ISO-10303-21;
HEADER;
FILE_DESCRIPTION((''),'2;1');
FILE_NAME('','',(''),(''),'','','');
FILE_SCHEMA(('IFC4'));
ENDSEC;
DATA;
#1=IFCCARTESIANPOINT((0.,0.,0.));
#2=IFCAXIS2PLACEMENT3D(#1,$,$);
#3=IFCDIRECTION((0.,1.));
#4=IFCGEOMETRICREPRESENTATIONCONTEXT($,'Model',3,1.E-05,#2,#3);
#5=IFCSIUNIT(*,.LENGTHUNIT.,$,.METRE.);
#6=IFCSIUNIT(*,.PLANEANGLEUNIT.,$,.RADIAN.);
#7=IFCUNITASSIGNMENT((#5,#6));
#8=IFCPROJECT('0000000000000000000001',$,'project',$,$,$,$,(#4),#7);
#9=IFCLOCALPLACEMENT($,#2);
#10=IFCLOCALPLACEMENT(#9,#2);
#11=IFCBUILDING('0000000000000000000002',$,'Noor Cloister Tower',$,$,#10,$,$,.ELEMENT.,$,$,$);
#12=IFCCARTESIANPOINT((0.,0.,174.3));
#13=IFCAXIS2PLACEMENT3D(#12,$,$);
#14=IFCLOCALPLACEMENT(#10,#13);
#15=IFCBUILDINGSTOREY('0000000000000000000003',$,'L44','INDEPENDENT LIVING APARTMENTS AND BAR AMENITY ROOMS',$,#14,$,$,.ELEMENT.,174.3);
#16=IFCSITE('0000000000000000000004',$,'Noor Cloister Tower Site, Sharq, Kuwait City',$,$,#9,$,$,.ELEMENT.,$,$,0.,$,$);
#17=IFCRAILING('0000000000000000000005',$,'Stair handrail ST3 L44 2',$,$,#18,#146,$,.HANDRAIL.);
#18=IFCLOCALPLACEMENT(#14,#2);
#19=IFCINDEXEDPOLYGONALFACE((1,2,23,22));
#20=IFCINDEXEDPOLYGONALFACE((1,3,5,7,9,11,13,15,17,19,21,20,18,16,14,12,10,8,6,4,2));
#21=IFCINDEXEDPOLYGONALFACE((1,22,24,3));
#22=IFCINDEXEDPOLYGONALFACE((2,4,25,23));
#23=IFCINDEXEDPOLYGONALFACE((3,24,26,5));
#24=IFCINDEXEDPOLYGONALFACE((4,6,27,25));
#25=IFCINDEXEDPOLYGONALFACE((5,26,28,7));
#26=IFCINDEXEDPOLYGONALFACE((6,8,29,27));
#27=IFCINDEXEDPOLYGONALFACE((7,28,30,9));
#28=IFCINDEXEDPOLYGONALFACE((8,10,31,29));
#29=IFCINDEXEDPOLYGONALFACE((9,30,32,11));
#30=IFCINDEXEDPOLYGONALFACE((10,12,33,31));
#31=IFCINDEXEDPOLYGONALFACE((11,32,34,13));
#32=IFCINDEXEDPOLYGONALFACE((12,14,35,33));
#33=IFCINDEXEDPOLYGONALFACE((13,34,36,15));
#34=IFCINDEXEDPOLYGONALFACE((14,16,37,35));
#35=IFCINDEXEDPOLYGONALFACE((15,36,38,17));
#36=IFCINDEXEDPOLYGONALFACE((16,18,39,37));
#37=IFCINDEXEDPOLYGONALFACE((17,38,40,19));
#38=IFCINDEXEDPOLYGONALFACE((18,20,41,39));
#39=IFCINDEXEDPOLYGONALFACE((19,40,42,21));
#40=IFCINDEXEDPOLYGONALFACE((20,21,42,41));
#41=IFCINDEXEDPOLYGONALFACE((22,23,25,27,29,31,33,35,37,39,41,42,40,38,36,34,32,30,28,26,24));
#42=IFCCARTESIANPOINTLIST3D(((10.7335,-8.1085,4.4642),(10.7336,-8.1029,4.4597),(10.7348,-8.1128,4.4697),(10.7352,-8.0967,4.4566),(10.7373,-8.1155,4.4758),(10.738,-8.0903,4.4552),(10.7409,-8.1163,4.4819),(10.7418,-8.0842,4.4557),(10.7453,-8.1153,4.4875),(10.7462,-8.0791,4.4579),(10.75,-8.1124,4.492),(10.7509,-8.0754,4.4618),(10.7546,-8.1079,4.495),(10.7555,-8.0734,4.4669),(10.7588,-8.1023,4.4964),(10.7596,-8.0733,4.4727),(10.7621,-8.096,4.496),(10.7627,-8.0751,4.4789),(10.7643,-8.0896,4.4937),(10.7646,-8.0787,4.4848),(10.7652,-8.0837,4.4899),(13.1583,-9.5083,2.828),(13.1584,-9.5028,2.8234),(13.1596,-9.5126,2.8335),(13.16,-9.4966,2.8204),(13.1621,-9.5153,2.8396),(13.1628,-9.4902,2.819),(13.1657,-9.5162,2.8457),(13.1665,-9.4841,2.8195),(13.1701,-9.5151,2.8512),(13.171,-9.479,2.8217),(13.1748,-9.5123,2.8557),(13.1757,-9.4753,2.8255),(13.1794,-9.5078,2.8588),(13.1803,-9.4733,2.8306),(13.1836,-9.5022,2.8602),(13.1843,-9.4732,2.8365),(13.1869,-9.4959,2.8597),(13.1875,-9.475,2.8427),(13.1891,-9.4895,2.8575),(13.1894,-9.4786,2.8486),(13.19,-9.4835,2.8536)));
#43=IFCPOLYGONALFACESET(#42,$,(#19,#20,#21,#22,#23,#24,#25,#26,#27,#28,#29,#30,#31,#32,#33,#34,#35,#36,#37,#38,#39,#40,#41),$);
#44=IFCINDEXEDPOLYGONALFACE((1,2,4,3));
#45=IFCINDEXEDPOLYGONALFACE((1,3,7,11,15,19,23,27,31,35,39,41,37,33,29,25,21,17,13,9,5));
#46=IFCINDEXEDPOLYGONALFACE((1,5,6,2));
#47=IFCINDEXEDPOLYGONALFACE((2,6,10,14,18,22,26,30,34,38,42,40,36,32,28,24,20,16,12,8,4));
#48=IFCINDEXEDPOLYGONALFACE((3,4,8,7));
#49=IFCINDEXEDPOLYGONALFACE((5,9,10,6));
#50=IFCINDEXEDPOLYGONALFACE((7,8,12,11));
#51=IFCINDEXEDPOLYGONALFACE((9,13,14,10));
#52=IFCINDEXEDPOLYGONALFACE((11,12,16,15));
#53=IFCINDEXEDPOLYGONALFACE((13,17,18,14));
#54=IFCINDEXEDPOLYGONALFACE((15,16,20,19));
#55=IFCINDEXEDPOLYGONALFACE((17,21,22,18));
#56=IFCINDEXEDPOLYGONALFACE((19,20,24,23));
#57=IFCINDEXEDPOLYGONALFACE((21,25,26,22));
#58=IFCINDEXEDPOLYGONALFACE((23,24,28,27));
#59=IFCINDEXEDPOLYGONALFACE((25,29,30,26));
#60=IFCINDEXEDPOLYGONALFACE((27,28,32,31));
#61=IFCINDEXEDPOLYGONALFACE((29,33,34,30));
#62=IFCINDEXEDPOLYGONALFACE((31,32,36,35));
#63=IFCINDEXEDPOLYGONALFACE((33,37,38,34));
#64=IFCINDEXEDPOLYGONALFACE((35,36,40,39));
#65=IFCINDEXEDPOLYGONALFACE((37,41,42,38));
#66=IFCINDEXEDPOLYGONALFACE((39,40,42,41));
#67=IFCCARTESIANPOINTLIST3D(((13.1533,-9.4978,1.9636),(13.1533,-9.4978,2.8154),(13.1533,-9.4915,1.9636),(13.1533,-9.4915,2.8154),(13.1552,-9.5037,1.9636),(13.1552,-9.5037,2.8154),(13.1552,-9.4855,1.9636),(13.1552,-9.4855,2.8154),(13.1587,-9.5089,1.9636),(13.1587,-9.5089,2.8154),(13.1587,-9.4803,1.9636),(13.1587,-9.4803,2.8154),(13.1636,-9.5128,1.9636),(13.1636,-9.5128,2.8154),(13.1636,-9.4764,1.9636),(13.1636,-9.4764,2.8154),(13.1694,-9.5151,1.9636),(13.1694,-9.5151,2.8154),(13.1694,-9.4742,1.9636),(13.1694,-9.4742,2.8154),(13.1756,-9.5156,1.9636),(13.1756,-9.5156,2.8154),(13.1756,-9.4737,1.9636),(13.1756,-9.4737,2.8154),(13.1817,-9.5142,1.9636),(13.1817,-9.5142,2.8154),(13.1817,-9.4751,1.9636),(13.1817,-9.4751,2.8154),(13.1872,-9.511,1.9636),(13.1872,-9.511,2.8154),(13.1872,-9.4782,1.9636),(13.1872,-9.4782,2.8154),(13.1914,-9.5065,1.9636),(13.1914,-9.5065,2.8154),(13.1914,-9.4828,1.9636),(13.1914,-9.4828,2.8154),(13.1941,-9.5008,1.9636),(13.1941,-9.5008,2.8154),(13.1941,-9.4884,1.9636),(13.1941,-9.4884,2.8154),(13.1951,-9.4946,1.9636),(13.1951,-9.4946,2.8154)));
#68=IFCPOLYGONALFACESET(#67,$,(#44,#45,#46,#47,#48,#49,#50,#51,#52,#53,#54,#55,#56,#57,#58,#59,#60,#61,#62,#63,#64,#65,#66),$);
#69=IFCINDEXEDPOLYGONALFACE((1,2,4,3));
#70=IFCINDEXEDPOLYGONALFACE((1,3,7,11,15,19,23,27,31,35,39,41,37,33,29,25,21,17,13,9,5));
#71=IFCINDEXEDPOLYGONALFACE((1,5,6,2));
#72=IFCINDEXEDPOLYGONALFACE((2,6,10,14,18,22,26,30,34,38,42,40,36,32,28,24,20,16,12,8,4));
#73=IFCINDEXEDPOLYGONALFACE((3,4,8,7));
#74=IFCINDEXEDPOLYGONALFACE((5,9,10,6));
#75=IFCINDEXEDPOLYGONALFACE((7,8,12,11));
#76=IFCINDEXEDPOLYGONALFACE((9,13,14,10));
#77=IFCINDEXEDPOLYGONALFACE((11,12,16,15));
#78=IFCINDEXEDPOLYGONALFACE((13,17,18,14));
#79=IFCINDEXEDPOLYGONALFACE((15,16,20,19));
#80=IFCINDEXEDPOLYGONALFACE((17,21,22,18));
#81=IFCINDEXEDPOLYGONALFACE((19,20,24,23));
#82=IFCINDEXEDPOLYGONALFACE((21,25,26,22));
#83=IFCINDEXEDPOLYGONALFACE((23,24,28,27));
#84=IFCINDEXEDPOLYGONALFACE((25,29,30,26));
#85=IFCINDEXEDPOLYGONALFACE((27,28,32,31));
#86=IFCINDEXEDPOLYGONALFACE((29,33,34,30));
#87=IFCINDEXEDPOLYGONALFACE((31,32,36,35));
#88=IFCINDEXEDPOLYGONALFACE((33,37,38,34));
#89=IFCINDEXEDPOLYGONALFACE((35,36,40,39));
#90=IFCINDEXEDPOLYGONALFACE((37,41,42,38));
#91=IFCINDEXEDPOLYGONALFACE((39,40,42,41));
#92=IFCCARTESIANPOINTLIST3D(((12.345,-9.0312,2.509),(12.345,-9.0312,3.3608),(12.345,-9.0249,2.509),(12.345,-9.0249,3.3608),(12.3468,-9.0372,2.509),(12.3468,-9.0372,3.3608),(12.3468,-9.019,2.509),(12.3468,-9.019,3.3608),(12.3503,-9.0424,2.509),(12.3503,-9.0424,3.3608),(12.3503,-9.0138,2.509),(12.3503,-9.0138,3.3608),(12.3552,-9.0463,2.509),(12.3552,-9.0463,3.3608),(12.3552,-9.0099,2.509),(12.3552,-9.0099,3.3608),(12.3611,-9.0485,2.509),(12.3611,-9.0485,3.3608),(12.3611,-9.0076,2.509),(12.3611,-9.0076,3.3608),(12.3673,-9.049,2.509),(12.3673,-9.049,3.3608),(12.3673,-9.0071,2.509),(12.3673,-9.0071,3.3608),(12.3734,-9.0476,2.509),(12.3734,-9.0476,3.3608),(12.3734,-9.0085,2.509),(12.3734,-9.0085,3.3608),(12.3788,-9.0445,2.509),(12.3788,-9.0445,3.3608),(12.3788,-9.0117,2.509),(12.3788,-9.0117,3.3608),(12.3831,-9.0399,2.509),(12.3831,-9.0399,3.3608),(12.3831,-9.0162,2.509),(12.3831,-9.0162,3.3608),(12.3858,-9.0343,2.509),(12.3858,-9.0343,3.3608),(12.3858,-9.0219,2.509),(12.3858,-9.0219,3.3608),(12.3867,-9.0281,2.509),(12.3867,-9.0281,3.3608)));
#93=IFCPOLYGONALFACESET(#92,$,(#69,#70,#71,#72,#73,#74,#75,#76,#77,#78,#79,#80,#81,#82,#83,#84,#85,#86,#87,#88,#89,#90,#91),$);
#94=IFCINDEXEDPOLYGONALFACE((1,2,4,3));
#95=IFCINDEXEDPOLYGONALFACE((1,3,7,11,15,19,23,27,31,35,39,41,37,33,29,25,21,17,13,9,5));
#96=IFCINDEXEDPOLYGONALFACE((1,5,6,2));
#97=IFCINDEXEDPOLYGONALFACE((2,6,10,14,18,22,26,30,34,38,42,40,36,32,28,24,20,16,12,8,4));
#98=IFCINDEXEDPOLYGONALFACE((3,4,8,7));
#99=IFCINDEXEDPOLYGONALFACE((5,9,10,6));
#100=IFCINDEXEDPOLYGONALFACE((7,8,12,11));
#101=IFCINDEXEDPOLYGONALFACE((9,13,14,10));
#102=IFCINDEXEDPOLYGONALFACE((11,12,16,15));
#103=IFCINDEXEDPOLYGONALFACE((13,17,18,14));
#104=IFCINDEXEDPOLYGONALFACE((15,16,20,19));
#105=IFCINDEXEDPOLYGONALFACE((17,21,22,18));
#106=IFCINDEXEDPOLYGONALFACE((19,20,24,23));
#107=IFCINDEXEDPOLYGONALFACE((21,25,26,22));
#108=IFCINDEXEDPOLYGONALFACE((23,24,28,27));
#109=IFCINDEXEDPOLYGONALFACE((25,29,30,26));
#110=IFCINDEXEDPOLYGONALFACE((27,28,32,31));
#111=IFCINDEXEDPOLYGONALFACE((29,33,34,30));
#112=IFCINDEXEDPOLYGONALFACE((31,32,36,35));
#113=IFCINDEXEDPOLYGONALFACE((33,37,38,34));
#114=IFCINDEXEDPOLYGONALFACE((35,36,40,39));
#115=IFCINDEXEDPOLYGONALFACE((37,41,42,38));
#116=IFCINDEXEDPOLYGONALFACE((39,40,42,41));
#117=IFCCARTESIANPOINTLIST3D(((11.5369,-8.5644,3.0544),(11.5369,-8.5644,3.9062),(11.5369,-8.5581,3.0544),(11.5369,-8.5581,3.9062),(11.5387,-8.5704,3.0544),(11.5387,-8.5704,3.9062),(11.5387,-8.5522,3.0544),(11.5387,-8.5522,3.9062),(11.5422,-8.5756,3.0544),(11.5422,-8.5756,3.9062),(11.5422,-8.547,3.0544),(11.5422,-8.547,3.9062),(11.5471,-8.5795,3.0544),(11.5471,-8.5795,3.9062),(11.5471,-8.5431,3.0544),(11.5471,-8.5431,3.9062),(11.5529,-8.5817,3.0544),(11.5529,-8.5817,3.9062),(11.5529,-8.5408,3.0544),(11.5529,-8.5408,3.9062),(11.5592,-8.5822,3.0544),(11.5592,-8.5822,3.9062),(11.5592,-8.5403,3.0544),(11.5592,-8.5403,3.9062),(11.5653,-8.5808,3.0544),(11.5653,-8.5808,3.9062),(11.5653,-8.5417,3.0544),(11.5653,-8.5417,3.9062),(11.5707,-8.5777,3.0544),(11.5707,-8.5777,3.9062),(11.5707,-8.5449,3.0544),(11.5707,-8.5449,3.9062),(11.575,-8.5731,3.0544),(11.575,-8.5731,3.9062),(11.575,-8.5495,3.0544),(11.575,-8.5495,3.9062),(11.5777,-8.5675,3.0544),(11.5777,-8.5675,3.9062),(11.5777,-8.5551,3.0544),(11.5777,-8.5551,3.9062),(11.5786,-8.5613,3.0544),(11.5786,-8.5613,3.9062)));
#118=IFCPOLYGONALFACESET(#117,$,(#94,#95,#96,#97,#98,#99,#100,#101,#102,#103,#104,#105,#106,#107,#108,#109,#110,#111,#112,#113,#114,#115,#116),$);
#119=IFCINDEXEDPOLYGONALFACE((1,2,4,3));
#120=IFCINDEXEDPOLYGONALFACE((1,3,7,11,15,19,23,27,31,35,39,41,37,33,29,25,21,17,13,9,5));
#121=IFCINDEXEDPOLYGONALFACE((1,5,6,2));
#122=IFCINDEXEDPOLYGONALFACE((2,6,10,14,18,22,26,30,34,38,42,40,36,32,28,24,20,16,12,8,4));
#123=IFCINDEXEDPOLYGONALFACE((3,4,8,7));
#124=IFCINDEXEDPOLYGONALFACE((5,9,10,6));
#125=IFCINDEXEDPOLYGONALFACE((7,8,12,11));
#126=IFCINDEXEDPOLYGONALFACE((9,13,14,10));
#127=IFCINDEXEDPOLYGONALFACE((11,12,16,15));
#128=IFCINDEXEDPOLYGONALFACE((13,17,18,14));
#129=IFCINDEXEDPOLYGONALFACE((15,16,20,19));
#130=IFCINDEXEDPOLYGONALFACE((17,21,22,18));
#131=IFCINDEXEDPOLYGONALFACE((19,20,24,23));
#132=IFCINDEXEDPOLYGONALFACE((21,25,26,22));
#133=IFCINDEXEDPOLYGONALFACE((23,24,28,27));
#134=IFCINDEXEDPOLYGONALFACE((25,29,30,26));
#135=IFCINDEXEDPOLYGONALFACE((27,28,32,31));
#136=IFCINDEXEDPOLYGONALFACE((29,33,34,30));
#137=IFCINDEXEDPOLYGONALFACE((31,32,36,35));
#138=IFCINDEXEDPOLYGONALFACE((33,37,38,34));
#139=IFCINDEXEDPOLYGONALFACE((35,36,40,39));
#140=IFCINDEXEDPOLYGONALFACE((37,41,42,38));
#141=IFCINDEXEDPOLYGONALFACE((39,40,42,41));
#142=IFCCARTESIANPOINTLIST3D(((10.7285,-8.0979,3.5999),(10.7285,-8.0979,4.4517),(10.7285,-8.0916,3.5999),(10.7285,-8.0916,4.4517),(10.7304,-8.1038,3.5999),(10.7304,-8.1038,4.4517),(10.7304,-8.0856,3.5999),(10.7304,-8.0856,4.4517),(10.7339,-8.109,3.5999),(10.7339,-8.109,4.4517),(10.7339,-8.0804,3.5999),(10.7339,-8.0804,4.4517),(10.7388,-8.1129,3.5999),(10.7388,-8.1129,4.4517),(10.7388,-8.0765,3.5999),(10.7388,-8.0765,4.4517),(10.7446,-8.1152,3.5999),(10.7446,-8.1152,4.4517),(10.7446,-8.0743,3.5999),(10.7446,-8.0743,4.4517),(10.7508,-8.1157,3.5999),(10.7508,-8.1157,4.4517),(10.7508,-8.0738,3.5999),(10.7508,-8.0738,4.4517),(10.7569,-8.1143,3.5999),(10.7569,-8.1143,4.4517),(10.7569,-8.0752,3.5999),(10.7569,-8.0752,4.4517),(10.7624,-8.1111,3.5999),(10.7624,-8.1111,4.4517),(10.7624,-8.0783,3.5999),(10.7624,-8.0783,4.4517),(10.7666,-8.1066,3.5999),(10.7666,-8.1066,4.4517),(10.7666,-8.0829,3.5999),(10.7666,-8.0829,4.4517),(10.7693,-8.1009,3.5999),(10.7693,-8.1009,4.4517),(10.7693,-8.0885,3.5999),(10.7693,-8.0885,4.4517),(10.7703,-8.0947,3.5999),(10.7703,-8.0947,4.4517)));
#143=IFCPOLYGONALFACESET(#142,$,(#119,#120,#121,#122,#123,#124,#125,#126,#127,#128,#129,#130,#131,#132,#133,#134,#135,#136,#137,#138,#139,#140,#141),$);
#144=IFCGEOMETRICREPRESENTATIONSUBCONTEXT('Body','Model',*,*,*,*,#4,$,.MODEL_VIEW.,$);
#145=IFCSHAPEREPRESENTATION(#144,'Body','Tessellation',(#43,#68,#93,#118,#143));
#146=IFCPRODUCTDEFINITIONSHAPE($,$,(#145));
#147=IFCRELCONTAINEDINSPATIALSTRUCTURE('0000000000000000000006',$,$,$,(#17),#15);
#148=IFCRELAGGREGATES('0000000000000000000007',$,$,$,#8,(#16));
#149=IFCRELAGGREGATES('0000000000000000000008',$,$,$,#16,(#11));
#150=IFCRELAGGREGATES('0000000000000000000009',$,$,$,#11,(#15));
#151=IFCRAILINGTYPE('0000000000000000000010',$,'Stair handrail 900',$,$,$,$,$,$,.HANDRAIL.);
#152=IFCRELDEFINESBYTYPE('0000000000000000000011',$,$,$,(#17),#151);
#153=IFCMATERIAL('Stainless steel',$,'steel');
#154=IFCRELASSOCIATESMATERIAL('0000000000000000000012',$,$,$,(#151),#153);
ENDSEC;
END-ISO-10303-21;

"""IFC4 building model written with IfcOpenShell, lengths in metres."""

from ifc_helpers import new_model, si_unit, direction, frame, origin, origin_2d, place, context, subcontext, project, spatial, circle, extrude, material, type_object, element, save


model = new_model("IFC4")

# Units and contexts
model_context = context("Model", 3, precision=1e-05, world=origin(), true_north=direction((0.0, 1.0)))
body_context = subcontext(model_context, "Body", "Model", "MODEL_VIEW")
ifc_project = project(units=[si_unit("LENGTHUNIT", "METRE"), si_unit("PLANEANGLEUNIT", "RADIAN")], contexts=[model_context])

# Site, building, storey
site_placement = place(None, origin())
site = spatial("IfcSite", under=ifc_project, at=site_placement, Name="Noor Cloister Tower Site, Sharq, Kuwait City", CompositionType="ELEMENT", RefElevation=0.0)
building_placement = place(site_placement, origin())
building = spatial("IfcBuilding", under=site, at=building_placement, Name="Noor Cloister Tower", CompositionType="ELEMENT")
storey_placement = place(building_placement, frame((0.0, 0.0, 174.3)))
storey = spatial("IfcBuildingStorey", under=building, at=storey_placement, Name="L44", Description="INDEPENDENT LIVING APARTMENTS AND BAR AMENITY ROOMS", CompositionType="ELEMENT", Elevation=174.3)

# Railing
ifc_material_1 = material(Name="Stainless steel", Category="steel")
railing_type_1 = type_object("IfcRailingType", Name="Stair handrail 900", PredefinedType="HANDRAIL", material=ifc_material_1)
railing_1_placement = place(storey_placement, frame((13.1741, -9.4946, 1.9636)))
element("IfcRailing", 1, at=railing_1_placement, inside=storey, type_object=railing_type_1, Name="Stair handrail ST3 L44 2", PredefinedType="HANDRAIL", context=body_context, shape_type="SweptSolid", body=[
    extrude(circle(Radius=0.0239, at=origin_2d()), frame((0.0, 0.0, 0.876), z_axis=(-0.747718, 0.431677, 0.504552), x_axis=(-0.499984, -0.866035, 0.0)), (0.0, 0.0, 1.0), 3.2429),
    extrude(circle(Radius=0.021, at=origin_2d()), origin(), (0.0, 0.0, 1.0), 0.8518),
    extrude(circle(Radius=0.021, at=origin_2d()), frame((-0.8083, 0.4666, 0.5454)), (0.0, 0.0, 1.0), 0.8518),
    extrude(circle(Radius=0.021, at=origin_2d()), frame((-1.6165, 0.9333, 1.0908)), (0.0, 0.0, 1.0), 0.8518),
    extrude(circle(Radius=0.021, at=origin_2d()), frame((-2.4248, 1.3999, 1.6362)), (0.0, 0.0, 1.0), 0.8518),
])

save(model, "model.ifc")
